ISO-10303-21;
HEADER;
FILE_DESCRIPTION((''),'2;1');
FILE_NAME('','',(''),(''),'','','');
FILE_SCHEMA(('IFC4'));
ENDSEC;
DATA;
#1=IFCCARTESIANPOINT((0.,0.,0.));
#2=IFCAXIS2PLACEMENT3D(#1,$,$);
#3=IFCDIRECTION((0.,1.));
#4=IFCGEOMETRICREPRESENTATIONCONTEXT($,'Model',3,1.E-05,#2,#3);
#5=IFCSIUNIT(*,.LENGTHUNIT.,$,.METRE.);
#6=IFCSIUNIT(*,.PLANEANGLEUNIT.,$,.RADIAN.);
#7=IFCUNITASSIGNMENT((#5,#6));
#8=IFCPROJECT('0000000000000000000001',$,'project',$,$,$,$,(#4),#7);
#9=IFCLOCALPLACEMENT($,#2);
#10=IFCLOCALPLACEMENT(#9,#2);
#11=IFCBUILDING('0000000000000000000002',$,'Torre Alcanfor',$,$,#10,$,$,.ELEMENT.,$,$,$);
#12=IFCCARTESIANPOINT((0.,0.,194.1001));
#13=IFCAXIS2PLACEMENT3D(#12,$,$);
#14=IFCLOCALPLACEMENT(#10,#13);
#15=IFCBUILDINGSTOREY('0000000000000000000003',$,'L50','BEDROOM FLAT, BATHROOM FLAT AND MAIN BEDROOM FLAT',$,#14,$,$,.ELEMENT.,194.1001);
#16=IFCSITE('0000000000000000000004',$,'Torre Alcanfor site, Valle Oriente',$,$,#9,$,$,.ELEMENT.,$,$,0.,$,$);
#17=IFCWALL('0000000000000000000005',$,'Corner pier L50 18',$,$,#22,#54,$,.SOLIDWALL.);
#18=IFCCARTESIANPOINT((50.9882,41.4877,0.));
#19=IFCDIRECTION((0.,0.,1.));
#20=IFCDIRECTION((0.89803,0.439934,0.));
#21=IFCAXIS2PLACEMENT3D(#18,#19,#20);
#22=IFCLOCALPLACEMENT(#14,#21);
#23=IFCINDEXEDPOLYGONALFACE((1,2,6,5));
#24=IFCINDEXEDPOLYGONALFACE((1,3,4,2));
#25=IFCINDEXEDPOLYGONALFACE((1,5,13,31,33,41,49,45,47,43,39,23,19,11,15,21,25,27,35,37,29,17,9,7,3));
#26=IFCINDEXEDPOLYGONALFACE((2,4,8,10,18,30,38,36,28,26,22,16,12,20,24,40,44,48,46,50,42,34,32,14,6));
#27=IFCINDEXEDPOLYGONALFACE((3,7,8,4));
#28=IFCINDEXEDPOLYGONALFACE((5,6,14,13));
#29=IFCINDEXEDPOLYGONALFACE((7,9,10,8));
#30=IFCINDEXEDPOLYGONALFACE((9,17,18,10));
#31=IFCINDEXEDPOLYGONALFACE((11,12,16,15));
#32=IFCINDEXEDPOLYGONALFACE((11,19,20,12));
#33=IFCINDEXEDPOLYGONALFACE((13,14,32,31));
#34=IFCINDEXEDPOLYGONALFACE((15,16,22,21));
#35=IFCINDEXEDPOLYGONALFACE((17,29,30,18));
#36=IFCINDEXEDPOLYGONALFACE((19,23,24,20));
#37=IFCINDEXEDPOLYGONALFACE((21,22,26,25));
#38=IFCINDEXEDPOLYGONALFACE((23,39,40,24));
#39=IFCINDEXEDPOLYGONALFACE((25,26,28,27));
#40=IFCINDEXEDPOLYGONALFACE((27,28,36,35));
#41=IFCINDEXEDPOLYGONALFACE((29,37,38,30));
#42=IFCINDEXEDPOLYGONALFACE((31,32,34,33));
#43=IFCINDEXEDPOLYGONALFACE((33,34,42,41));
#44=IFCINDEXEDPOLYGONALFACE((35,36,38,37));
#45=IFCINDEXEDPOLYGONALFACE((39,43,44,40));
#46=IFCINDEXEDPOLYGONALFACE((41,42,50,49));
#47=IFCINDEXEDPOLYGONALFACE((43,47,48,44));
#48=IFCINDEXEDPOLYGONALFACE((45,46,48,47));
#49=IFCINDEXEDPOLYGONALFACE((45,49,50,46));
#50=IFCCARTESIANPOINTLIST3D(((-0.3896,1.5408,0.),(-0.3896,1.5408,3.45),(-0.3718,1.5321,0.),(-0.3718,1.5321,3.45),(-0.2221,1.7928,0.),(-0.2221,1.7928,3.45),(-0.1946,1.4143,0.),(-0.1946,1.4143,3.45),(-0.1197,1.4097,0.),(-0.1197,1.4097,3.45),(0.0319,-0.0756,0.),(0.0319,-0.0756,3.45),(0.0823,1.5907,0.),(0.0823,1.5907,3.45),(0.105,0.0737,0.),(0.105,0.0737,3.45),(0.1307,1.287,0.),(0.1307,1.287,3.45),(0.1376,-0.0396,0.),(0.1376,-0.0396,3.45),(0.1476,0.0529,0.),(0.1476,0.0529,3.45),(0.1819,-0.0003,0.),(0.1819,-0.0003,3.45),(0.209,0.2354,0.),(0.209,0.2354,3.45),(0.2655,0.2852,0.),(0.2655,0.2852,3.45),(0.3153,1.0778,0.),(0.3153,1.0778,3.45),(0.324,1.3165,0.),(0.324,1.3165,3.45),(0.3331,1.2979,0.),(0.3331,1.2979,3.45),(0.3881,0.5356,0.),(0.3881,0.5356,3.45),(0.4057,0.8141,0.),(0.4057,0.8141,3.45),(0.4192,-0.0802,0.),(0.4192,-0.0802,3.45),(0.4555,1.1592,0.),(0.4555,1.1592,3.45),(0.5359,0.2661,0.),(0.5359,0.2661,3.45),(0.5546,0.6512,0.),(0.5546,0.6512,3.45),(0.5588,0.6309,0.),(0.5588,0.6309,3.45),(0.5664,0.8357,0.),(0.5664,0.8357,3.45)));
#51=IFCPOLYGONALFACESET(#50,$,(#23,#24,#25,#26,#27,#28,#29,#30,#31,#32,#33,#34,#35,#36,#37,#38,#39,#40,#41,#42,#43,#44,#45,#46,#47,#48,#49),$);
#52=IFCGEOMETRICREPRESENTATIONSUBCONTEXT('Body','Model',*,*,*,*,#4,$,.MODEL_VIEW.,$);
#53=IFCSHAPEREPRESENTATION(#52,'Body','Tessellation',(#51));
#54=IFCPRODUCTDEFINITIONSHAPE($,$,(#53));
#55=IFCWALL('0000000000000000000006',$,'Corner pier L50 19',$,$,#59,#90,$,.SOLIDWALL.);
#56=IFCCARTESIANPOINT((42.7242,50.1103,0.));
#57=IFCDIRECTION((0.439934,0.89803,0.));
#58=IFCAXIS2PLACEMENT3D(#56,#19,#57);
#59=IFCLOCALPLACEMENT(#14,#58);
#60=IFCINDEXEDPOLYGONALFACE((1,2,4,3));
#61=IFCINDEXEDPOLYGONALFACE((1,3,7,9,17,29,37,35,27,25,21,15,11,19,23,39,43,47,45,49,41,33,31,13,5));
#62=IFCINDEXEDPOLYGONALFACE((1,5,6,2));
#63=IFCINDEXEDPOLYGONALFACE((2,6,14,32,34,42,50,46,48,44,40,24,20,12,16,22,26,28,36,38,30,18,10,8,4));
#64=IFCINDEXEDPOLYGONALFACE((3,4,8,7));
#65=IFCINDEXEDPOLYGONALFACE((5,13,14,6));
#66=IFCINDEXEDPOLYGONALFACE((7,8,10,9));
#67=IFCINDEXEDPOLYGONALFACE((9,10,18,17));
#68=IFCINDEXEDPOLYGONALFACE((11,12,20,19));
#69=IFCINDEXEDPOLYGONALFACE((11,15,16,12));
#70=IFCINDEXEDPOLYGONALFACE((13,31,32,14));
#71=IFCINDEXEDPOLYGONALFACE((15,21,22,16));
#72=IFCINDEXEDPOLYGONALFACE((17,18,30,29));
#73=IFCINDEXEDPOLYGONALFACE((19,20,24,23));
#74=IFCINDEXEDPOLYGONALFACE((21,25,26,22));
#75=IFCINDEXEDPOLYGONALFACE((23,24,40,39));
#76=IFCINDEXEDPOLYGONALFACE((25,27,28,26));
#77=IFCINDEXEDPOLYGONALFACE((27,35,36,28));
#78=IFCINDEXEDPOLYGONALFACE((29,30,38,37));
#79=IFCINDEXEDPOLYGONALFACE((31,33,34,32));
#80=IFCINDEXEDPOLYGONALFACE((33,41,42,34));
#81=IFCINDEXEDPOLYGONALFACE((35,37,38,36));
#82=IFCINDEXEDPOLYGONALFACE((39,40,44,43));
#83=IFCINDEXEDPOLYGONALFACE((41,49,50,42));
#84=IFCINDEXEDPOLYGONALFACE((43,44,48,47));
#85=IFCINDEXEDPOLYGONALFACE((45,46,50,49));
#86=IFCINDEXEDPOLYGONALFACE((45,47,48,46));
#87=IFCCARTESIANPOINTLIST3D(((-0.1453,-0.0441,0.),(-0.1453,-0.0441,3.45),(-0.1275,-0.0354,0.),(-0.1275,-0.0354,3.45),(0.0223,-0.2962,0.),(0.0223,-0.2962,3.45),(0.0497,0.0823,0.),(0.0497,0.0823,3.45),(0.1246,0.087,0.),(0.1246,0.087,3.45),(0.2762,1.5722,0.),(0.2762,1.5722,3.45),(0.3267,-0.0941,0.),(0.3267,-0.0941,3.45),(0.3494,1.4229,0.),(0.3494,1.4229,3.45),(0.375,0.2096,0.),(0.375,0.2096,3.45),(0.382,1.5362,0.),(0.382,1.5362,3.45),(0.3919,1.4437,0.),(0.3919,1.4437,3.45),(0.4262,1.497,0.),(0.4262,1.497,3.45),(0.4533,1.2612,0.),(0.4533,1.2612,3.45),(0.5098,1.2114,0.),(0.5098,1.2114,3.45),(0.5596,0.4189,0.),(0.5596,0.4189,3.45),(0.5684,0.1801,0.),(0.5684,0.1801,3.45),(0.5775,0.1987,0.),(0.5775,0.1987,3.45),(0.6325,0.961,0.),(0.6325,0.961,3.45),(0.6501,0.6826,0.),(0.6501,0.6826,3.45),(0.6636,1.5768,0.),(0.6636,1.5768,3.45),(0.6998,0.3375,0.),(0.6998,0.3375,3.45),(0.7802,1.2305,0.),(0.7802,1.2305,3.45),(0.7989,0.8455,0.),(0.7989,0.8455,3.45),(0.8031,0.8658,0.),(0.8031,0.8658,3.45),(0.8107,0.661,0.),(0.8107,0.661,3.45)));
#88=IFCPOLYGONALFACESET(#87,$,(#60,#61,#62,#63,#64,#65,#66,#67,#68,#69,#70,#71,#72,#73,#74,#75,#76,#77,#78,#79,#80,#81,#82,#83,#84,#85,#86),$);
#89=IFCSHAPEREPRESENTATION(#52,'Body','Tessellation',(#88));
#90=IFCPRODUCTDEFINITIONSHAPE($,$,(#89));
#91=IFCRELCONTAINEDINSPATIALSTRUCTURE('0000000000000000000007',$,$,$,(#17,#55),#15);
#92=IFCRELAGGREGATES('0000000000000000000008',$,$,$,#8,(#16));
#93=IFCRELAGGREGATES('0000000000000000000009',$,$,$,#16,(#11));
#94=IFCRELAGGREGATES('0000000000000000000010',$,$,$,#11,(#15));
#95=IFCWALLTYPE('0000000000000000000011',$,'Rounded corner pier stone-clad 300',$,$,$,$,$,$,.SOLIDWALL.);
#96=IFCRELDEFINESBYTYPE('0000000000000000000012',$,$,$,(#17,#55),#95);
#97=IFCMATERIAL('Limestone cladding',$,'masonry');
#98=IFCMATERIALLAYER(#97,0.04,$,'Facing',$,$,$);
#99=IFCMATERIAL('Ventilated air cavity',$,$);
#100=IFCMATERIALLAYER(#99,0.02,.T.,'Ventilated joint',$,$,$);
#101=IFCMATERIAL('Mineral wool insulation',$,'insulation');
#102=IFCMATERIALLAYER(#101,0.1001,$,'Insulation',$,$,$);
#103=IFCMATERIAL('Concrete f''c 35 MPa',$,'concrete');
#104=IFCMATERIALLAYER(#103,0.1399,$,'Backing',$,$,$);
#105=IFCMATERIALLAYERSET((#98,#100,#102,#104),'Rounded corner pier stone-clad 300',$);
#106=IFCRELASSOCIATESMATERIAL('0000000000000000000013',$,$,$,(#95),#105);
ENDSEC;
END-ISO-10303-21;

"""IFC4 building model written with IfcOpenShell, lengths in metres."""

from ifc_helpers import new_model, si_unit, direction, frame, origin, place, context, subcontext, project, spatial, polyline, outline, extrude, material, layer, layer_set, type_object, element, save


model = new_model("IFC4")

# Units and contexts
model_context = context("Model", 3, precision=1e-05, world=origin(), true_north=direction((0.0, 1.0)))
body_context = subcontext(model_context, "Body", "Model", "MODEL_VIEW")
ifc_project = project(units=[si_unit("LENGTHUNIT", "METRE"), si_unit("PLANEANGLEUNIT", "RADIAN")], contexts=[model_context])

# Site, building, storey
site_placement = place(None, origin())
site = spatial("IfcSite", under=ifc_project, at=site_placement, Name="Torre Alcanfor site, Valle Oriente", CompositionType="ELEMENT", RefElevation=0.0)
building_placement = place(site_placement, origin())
building = spatial("IfcBuilding", under=site, at=building_placement, Name="Torre Alcanfor", CompositionType="ELEMENT")
storey_placement = place(building_placement, frame((0.0, 0.0, 194.1001)))
storey = spatial("IfcBuildingStorey", under=building, at=storey_placement, Name="L50", Description="BEDROOM FLAT, BATHROOM FLAT AND MAIN BEDROOM FLAT", CompositionType="ELEMENT", Elevation=194.1001)

# Shared definitions
ifc_material_1 = material(Name="Limestone cladding", Category="masonry")
ifc_material_2 = material(Name="Ventilated air cavity")
ifc_material_3 = material(Name="Mineral wool insulation", Category="insulation")
ifc_material_4 = material(Name="Concrete f'c 35 MPa", Category="concrete")

# Walls
ifc_layer_1 = layer(ifc_material_1, 0.04, Name="Facing")
ifc_layer_2 = layer(ifc_material_2, 0.02, ventilated=True, Name="Ventilated joint")
ifc_layer_3 = layer(ifc_material_3, 0.1001, Name="Insulation")
ifc_layer_4 = layer(ifc_material_4, 0.1399, Name="Backing")
ifc_layer_set_1 = layer_set([ifc_layer_1, ifc_layer_2, ifc_layer_3, ifc_layer_4], Name="Rounded corner pier stone-clad 300")
wall_type_1 = type_object("IfcWallType", Name="Rounded corner pier stone-clad 300", PredefinedType="SOLIDWALL", material=ifc_layer_set_1)
wall_1_placement = place(storey_placement, frame((50.9882, 41.4877, 0.0), z_axis=(0.0, 0.0, 1.0), x_axis=(0.89803, 0.439934, 0.0)))
element("IfcWall", 1, at=wall_1_placement, inside=storey, type_object=wall_type_1, Name="Corner pier L50 18", PredefinedType="SOLIDWALL", context=body_context, shape_type="SweptSolid", body=[
    extrude(outline(polyline([(0.1376, -0.0396), (0.1819, -0.0003), (0.4192, -0.0802), (0.5359, 0.2661), (0.5588, 0.6309), (0.5546, 0.6512), (0.5664, 0.8357), (0.4555, 1.1592), (0.3331, 1.2979), (0.324, 1.3165), (0.0823, 1.5907), (-0.2221, 1.7928), (-0.3896, 1.5408), (-0.3718, 1.5321), (-0.1946, 1.4143), (-0.1197, 1.4097), (0.1307, 1.287), (0.3153, 1.0778), (0.4057, 0.8141), (0.3881, 0.5356), (0.2655, 0.2852), (0.209, 0.2354), (0.1476, 0.0529), (0.105, 0.0737), (0.0319, -0.0756), (0.1376, -0.0396)])), origin(), (0.0, 0.0, 1.0), 3.45),
])
wall_2_placement = place(storey_placement, frame((42.7242, 50.1103, 0.0), z_axis=(0.0, 0.0, 1.0), x_axis=(0.439934, 0.89803, 0.0)))
element("IfcWall", 2, at=wall_2_placement, inside=storey, type_object=wall_type_1, Name="Corner pier L50 19", PredefinedType="SOLIDWALL", context=body_context, shape_type="SweptSolid", body=[
    extrude(outline(polyline([(-0.1453, -0.0441), (0.0223, -0.2962), (0.3267, -0.0941), (0.5684, 0.1801), (0.5775, 0.1987), (0.6998, 0.3375), (0.8107, 0.661), (0.7989, 0.8455), (0.8031, 0.8658), (0.7802, 1.2305), (0.6636, 1.5768), (0.4262, 1.497), (0.382, 1.5362), (0.2762, 1.5722), (0.3494, 1.4229), (0.3919, 1.4437), (0.4533, 1.2612), (0.5098, 1.2114), (0.6325, 0.961), (0.6501, 0.6826), (0.5596, 0.4189), (0.375, 0.2096), (0.1246, 0.087), (0.0497, 0.0823), (-0.1275, -0.0354), (-0.1453, -0.0441)])), origin(), (0.0, 0.0, 1.0), 3.45),
])

save(model, "model.ifc")
